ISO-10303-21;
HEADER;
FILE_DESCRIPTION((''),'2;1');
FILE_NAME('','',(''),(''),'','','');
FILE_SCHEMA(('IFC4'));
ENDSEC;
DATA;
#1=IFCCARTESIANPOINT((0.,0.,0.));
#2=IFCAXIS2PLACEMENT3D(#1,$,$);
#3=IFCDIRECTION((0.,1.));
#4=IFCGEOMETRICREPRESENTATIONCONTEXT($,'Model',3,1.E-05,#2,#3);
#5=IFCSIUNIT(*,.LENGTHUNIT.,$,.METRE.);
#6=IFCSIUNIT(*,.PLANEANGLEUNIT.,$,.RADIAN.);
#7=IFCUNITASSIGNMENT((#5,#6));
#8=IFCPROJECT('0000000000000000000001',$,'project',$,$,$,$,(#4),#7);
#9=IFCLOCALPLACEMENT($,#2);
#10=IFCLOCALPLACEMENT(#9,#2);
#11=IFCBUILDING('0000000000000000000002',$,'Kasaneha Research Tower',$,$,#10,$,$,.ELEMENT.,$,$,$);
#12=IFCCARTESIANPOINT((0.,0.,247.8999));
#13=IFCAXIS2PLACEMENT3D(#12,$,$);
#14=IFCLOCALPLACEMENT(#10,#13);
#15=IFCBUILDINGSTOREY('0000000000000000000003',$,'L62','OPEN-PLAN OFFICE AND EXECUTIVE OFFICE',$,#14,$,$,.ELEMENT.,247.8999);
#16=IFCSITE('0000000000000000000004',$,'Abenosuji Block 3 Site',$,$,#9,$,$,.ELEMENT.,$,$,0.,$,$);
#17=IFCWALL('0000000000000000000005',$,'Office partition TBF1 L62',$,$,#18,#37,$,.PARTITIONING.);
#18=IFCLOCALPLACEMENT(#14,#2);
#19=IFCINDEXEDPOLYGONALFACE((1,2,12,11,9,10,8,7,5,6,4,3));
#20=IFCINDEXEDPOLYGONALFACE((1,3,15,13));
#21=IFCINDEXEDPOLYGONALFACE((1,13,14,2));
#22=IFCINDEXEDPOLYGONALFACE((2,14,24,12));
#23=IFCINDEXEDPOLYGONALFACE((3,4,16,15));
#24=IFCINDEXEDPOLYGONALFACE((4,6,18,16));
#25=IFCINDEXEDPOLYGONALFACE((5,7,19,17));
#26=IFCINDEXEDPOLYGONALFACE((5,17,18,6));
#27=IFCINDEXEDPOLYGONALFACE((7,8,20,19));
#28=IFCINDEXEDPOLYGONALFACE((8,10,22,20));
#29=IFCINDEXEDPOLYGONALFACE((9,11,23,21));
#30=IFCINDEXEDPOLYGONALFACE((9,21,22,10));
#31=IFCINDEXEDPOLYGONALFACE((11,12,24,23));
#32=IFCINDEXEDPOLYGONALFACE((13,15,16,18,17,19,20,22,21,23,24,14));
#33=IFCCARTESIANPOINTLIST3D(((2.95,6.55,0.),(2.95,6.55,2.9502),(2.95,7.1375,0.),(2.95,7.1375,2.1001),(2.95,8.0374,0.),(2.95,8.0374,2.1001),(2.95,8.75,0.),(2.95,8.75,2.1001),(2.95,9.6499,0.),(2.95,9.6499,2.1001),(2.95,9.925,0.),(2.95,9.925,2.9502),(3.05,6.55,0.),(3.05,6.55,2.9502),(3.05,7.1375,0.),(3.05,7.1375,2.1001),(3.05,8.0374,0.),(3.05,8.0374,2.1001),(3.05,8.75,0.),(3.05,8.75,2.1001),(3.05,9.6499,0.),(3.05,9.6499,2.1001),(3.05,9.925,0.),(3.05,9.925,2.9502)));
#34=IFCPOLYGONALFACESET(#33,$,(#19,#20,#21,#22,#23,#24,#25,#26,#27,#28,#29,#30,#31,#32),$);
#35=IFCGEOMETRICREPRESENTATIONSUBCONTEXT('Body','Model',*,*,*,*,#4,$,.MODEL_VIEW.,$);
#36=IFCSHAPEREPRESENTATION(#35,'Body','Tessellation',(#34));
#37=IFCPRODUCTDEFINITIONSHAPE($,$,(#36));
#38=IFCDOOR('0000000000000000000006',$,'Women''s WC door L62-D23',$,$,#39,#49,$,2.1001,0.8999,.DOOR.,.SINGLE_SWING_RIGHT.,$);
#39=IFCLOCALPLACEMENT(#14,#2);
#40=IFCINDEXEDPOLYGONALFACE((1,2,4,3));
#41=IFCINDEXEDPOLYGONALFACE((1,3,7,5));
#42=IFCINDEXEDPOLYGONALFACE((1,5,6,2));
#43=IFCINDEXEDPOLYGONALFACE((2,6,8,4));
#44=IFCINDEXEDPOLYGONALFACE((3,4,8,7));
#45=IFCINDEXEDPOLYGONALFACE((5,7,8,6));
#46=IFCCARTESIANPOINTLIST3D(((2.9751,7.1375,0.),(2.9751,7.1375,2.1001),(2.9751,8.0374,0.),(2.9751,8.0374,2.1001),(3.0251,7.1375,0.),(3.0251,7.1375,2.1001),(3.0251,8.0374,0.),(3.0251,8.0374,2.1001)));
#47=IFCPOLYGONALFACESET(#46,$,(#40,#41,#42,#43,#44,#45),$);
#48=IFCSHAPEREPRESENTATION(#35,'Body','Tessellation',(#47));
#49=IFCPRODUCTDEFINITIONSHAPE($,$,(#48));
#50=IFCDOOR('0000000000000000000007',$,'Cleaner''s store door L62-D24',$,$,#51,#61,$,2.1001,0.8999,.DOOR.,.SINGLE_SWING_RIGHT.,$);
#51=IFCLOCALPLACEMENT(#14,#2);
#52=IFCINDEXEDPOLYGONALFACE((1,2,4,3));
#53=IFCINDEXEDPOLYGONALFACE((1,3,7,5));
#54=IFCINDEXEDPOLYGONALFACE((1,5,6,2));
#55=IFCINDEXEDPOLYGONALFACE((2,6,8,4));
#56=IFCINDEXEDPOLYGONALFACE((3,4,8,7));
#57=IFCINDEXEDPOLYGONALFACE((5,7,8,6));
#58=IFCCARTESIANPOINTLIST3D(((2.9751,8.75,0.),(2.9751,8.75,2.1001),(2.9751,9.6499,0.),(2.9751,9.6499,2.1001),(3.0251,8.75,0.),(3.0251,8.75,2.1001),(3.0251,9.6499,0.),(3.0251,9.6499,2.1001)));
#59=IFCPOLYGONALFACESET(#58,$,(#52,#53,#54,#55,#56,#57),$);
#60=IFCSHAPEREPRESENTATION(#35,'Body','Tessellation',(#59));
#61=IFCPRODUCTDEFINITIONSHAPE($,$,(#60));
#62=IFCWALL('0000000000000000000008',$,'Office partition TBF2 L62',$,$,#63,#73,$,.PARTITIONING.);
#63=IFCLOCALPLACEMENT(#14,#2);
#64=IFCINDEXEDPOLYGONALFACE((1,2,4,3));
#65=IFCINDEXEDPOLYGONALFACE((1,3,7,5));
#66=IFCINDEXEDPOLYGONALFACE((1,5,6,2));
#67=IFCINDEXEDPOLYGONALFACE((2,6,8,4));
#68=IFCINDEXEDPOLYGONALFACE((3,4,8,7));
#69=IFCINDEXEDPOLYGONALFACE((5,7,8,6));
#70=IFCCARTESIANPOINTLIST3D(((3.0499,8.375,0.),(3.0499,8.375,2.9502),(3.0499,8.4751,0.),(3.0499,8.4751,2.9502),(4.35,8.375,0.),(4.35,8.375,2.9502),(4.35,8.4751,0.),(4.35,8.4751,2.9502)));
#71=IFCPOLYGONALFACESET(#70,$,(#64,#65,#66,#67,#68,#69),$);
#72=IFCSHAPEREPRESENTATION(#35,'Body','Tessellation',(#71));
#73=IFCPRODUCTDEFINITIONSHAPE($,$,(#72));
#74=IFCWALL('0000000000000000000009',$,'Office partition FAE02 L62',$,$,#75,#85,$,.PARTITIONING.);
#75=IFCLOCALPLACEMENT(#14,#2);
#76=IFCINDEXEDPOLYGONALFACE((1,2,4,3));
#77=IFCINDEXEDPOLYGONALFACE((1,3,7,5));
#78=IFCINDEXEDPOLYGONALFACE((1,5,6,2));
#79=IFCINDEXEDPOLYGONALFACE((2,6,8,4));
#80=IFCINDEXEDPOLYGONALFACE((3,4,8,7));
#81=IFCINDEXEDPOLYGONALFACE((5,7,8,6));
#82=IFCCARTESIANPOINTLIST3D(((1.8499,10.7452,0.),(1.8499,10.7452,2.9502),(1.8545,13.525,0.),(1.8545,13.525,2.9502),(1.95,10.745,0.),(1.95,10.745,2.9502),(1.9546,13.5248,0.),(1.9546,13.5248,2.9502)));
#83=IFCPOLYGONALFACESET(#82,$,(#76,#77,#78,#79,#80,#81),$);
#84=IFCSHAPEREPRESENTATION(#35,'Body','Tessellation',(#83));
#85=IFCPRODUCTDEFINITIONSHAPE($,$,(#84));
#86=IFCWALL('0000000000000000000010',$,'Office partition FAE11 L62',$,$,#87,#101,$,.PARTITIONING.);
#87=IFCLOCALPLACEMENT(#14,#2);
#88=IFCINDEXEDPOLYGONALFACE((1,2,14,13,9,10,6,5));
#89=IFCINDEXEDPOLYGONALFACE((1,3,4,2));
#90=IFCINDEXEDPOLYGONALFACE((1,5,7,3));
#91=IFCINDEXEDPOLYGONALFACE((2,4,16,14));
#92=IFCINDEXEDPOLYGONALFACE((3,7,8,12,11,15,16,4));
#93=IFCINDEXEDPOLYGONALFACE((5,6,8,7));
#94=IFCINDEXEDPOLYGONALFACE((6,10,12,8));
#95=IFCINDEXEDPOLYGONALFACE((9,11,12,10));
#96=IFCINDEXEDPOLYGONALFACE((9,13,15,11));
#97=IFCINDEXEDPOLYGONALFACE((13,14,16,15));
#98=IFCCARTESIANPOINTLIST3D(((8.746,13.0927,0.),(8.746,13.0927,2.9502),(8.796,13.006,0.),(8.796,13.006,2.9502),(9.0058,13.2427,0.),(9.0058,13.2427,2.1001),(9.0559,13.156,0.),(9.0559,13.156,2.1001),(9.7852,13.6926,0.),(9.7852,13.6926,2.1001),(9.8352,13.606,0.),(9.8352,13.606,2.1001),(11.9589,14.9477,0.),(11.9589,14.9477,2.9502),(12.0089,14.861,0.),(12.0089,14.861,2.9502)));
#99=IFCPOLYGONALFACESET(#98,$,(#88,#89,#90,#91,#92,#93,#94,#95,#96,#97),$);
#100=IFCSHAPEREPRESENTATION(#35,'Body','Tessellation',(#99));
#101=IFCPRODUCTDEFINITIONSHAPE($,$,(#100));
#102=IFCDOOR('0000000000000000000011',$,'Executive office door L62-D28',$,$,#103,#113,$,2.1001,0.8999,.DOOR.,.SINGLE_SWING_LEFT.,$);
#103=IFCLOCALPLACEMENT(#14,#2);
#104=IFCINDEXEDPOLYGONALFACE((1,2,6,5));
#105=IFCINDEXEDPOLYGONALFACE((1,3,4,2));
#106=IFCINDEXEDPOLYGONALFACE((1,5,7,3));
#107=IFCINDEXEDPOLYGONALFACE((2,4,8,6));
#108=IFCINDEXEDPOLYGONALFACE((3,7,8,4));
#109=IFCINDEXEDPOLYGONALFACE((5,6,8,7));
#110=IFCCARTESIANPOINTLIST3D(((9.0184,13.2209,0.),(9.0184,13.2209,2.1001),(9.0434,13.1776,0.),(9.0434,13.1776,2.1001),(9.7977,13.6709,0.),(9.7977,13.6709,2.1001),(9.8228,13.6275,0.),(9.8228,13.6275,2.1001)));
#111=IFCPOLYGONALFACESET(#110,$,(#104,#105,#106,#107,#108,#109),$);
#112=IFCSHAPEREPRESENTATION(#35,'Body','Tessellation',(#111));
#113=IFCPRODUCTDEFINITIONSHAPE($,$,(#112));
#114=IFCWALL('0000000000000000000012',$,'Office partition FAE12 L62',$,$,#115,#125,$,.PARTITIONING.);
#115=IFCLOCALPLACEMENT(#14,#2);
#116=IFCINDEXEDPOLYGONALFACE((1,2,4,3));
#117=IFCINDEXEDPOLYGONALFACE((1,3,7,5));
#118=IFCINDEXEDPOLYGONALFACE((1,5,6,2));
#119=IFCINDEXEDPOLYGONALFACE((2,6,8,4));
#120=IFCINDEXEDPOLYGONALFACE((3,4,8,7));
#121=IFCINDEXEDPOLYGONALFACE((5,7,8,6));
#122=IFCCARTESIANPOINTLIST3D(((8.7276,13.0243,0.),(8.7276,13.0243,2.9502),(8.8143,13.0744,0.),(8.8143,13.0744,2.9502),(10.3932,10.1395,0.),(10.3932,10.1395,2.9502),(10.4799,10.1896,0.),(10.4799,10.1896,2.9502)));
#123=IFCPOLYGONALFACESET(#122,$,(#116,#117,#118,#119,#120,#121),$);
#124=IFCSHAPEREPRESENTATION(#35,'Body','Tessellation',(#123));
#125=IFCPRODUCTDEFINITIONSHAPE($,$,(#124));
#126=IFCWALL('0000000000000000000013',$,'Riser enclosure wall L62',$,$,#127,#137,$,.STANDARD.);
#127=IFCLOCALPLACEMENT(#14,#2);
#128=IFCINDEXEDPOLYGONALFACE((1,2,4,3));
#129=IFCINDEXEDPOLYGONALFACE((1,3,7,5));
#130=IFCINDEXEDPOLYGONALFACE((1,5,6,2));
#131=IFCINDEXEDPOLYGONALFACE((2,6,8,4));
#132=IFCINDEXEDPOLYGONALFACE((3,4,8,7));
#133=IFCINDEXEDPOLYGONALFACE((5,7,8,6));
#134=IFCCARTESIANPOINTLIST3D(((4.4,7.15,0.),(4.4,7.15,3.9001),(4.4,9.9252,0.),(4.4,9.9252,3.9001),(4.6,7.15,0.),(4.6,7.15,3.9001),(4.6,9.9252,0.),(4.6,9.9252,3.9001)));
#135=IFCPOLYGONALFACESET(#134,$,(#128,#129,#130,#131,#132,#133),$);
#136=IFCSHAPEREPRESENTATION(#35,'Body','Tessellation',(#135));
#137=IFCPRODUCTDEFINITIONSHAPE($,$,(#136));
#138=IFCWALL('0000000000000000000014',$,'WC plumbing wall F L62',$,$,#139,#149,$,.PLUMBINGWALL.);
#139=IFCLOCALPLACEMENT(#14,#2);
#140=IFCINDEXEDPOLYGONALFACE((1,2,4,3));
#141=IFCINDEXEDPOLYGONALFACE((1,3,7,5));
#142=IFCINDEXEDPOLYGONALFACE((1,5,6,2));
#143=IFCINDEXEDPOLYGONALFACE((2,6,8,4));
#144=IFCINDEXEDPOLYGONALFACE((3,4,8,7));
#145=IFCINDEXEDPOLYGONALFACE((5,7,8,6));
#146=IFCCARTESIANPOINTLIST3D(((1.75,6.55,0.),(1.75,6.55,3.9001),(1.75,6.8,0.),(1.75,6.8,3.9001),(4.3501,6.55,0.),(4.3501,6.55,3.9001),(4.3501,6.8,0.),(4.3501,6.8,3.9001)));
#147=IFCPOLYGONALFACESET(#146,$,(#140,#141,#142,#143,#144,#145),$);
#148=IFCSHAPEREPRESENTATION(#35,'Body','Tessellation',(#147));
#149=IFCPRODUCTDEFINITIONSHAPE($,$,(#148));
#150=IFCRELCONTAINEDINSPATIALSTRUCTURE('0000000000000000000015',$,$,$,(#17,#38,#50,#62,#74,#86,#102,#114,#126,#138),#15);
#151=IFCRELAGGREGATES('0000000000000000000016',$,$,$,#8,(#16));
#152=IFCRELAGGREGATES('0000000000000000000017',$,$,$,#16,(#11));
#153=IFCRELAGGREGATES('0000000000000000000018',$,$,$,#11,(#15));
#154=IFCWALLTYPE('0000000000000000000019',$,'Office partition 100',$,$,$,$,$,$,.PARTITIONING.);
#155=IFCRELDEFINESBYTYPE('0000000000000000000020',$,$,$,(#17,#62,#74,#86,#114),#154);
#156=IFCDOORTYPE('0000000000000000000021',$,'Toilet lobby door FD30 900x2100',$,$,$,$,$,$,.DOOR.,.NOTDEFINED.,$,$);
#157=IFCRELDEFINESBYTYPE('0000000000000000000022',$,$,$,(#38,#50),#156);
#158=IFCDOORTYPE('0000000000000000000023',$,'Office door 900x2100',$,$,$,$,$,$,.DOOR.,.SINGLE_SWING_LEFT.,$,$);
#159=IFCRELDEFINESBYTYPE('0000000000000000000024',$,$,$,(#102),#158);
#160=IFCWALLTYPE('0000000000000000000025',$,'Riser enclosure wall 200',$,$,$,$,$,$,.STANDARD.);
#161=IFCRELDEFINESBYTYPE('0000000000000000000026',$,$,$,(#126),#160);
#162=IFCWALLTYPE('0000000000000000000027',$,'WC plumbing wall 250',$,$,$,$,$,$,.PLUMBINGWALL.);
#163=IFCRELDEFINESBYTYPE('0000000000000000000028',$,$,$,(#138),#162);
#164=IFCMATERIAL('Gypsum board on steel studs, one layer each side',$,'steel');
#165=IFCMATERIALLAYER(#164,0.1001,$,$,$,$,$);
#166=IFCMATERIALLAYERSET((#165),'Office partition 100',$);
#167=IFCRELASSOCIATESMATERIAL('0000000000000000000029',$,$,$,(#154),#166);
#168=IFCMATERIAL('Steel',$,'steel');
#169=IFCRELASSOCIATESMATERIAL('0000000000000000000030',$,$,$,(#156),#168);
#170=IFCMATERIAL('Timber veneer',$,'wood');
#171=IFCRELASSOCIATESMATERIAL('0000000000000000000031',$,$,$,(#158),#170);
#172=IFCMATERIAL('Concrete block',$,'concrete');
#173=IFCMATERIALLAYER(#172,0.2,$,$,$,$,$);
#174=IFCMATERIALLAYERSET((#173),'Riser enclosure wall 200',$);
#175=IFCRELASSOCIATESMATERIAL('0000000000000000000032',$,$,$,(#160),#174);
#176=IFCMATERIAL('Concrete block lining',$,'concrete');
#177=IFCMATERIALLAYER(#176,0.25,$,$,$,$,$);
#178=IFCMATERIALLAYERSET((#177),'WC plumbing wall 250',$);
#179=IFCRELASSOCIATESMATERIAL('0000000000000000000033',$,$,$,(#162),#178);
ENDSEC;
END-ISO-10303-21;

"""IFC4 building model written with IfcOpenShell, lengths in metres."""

from ifc_helpers import new_model, si_unit, direction, frame, frame_2d, origin, place, context, subcontext, project, spatial, rectangle, extrude, material, layer, layer_set, type_object, element, fill, save


model = new_model("IFC4")

# Units and contexts
model_context = context("Model", 3, precision=1e-05, world=origin(), true_north=direction((0.0, 1.0)))
body_context = subcontext(model_context, "Body", "Model", "MODEL_VIEW")
ifc_project = project(units=[si_unit("LENGTHUNIT", "METRE"), si_unit("PLANEANGLEUNIT", "RADIAN")], contexts=[model_context])

# Site, building, storey
site_placement = place(None, origin())
site = spatial("IfcSite", under=ifc_project, at=site_placement, Name="Abenosuji Block 3 Site", CompositionType="ELEMENT", RefElevation=0.0)
building_placement = place(site_placement, origin())
building = spatial("IfcBuilding", under=site, at=building_placement, Name="Kasaneha Research Tower", CompositionType="ELEMENT")
storey_placement = place(building_placement, frame((0.0, 0.0, 247.8999)))
storey = spatial("IfcBuildingStorey", under=building, at=storey_placement, Name="L62", Description="OPEN-PLAN OFFICE AND EXECUTIVE OFFICE", CompositionType="ELEMENT", Elevation=247.8999)

# Wall, openings, doors
ifc_material_1 = material(Name="Gypsum board on steel studs, one layer each side", Category="steel")
ifc_layer_1 = layer(ifc_material_1, 0.1001)
ifc_layer_set_1 = layer_set([ifc_layer_1], Name="Office partition 100")
wall_type_1 = type_object("IfcWallType", Name="Office partition 100", PredefinedType="PARTITIONING", material=ifc_layer_set_1)
wall_1_placement = place(storey_placement, frame((3.0, 6.55, 0.0), z_axis=(0.0, 0.0, 1.0), x_axis=(0.0, 1.0, 0.0)))
wall_1 = element("IfcWall", 1, at=wall_1_placement, inside=storey, type_object=wall_type_1, Name="Office partition TBF1 L62", PredefinedType="PARTITIONING", context=body_context, shape_type="SweptSolid", body=[
    extrude(rectangle(XDim=3.375, YDim=0.1001, at=frame_2d((1.6875, 0.0))), origin(), (0.0, 0.0, 1.0), 2.9502),
])
opening_1_placement = place(wall_1_placement, frame((0.5874, 0.0, 0.0)))
opening_1 = element("IfcOpeningElement", 2, at=opening_1_placement, cuts=wall_1, PredefinedType="OPENING", context=body_context, shape_type="SweptSolid", body=[
    extrude(rectangle(XDim=0.8999, YDim=2.1001, at=frame_2d((0.45, 1.05))), frame((0.0, 0.0601, 0.0), z_axis=(0.0, -1.0, 0.0), x_axis=(1.0, 0.0, 0.0)), (0.0, 0.0, 1.0), 0.1201),
])
opening_2_placement = place(wall_1_placement, frame((2.2, 0.0, 0.0)))
opening_2 = element("IfcOpeningElement", 3, at=opening_2_placement, cuts=wall_1, PredefinedType="OPENING", context=body_context, shape_type="SweptSolid", body=[
    extrude(rectangle(XDim=0.8999, YDim=2.1001, at=frame_2d((0.45, 1.05))), frame((0.0, 0.0601, 0.0), z_axis=(0.0, -1.0, 0.0), x_axis=(1.0, 0.0, 0.0)), (0.0, 0.0, 1.0), 0.1201),
])
ifc_material_2 = material(Name="Steel", Category="steel")
door_type_1 = type_object("IfcDoorType", Name="Toilet lobby door FD30 900x2100", OperationType="NOTDEFINED", PredefinedType="DOOR", material=ifc_material_2)
door_1_placement = place(opening_1_placement, origin())
door_1 = element("IfcDoor", 4, at=door_1_placement, inside=storey, type_object=door_type_1, Name="Women's WC door L62-D23", OperationType="SINGLE_SWING_RIGHT", OverallHeight=2.1001, OverallWidth=0.8999, PredefinedType="DOOR", context=body_context, shape_type="SweptSolid", body=[
    extrude(rectangle(XDim=0.8999, YDim=2.1001, at=frame_2d((0.45, 1.05))), frame((0.0, 0.0249, 0.0), z_axis=(0.0, -1.0, 0.0), x_axis=(1.0, 0.0, 0.0)), (0.0, 0.0, 1.0), 0.05),
])
fill(opening_1, door_1)
door_2_placement = place(opening_2_placement, origin())
door_2 = element("IfcDoor", 5, at=door_2_placement, inside=storey, type_object=door_type_1, Name="Cleaner's store door L62-D24", OperationType="SINGLE_SWING_RIGHT", OverallHeight=2.1001, OverallWidth=0.8999, PredefinedType="DOOR", context=body_context, shape_type="SweptSolid", body=[
    extrude(rectangle(XDim=0.8999, YDim=2.1001, at=frame_2d((0.45, 1.05))), frame((0.0, 0.0249, 0.0), z_axis=(0.0, -1.0, 0.0), x_axis=(1.0, 0.0, 0.0)), (0.0, 0.0, 1.0), 0.05),
])
fill(opening_2, door_2)

# Walls
wall_2_placement = place(storey_placement, frame((3.05, 8.425, 0.0), z_axis=(0.0, 0.0, 1.0), x_axis=(1.0, 0.0, 0.0)))
element("IfcWall", 6, at=wall_2_placement, inside=storey, type_object=wall_type_1, Name="Office partition TBF2 L62", PredefinedType="PARTITIONING", context=body_context, shape_type="SweptSolid", body=[
    extrude(rectangle(XDim=1.3, YDim=0.1001, at=frame_2d((0.6499, 0.0))), origin(), (0.0, 0.0, 1.0), 2.9502),
])
wall_3_placement = place(storey_placement, frame((1.8999, 10.7451, 0.0), z_axis=(0.0, 0.0, 1.0), x_axis=(0.001669, 0.999999, 0.0)))
element("IfcWall", 7, at=wall_3_placement, inside=storey, type_object=wall_type_1, Name="Office partition FAE02 L62", PredefinedType="PARTITIONING", context=body_context, shape_type="SweptSolid", body=[
    extrude(rectangle(XDim=2.7798, YDim=0.1001, at=frame_2d((1.3899, 0.0))), origin(), (0.0, 0.0, 1.0), 2.9502),
])

# Wall, opening, door
wall_4_placement = place(storey_placement, frame((8.771, 13.0493, 0.0), z_axis=(0.0, 0.0, 1.0), x_axis=(0.866023, 0.500003, 0.0)))
wall_4 = element("IfcWall", 8, at=wall_4_placement, inside=storey, type_object=wall_type_1, Name="Office partition FAE11 L62", PredefinedType="PARTITIONING", context=body_context, shape_type="SweptSolid", body=[
    extrude(rectangle(XDim=3.71, YDim=0.1001, at=frame_2d((1.855, 0.0))), origin(), (0.0, 0.0, 1.0), 2.9502),
])
opening_3_placement = place(wall_4_placement, frame((0.3, 0.0, 0.0)))
opening_3 = element("IfcOpeningElement", 9, at=opening_3_placement, cuts=wall_4, PredefinedType="OPENING", context=body_context, shape_type="SweptSolid", body=[
    extrude(rectangle(XDim=0.8999, YDim=2.1001, at=frame_2d((0.45, 1.05))), frame((0.0, 0.0601, 0.0), z_axis=(0.0, -1.0, 0.0), x_axis=(1.0, 0.0, 0.0)), (0.0, 0.0, 1.0), 0.1201),
])
ifc_material_3 = material(Name="Timber veneer", Category="wood")
door_type_2 = type_object("IfcDoorType", Name="Office door 900x2100", OperationType="SINGLE_SWING_LEFT", PredefinedType="DOOR", material=ifc_material_3)
door_3_placement = place(opening_3_placement, origin())
door_3 = element("IfcDoor", 10, at=door_3_placement, inside=storey, type_object=door_type_2, Name="Executive office door L62-D28", OperationType="SINGLE_SWING_LEFT", OverallHeight=2.1001, OverallWidth=0.8999, PredefinedType="DOOR", context=body_context, shape_type="SweptSolid", body=[
    extrude(rectangle(XDim=0.8999, YDim=2.1001, at=frame_2d((0.45, 1.05))), frame((0.0, 0.0249, 0.0), z_axis=(0.0, -1.0, 0.0), x_axis=(1.0, 0.0, 0.0)), (0.0, 0.0, 1.0), 0.05),
])
fill(opening_3, door_3)

# Walls
wall_5_placement = place(storey_placement, frame((10.4365, 10.1646, 0.0), z_axis=(0.0, 0.0, 1.0), x_axis=(-0.500002, 0.866024, 0.0)))
element("IfcWall", 11, at=wall_5_placement, inside=storey, type_object=wall_type_1, Name="Office partition FAE12 L62", PredefinedType="PARTITIONING", context=body_context, shape_type="SweptSolid", body=[
    extrude(rectangle(XDim=3.3311, YDim=0.1001, at=frame_2d((1.6655, 0.0))), origin(), (0.0, 0.0, 1.0), 2.9502),
])
ifc_material_4 = material(Name="Concrete block", Category="concrete")
ifc_layer_2 = layer(ifc_material_4, 0.2)
ifc_layer_set_2 = layer_set([ifc_layer_2], Name="Riser enclosure wall 200")
wall_type_2 = type_object("IfcWallType", Name="Riser enclosure wall 200", PredefinedType="STANDARD", material=ifc_layer_set_2)
wall_6_placement = place(storey_placement, frame((4.5, 7.1499, 0.0), z_axis=(0.0, 0.0, 1.0), x_axis=(0.0, 1.0, 0.0)))
element("IfcWall", 12, at=wall_6_placement, inside=storey, type_object=wall_type_2, Name="Riser enclosure wall L62", PredefinedType="STANDARD", context=body_context, shape_type="SweptSolid", body=[
    extrude(rectangle(XDim=2.7751, YDim=0.2, at=frame_2d((1.3877, 0.0))), origin(), (0.0, 0.0, 1.0), 3.9001),
])
ifc_material_5 = material(Name="Concrete block lining", Category="concrete")
ifc_layer_3 = layer(ifc_material_5, 0.25)
ifc_layer_set_3 = layer_set([ifc_layer_3], Name="WC plumbing wall 250")
wall_type_3 = type_object("IfcWallType", Name="WC plumbing wall 250", PredefinedType="PLUMBINGWALL", material=ifc_layer_set_3)
wall_7_placement = place(storey_placement, frame((1.75, 6.675, 0.0), z_axis=(0.0, 0.0, 1.0), x_axis=(1.0, 0.0, 0.0)))
element("IfcWall", 13, at=wall_7_placement, inside=storey, type_object=wall_type_3, Name="WC plumbing wall F L62", PredefinedType="PLUMBINGWALL", context=body_context, shape_type="SweptSolid", body=[
    extrude(rectangle(XDim=2.6001, YDim=0.25, at=frame_2d((1.3, 0.0))), origin(), (0.0, 0.0, 1.0), 3.9001),
])

save(model, "model.ifc")
